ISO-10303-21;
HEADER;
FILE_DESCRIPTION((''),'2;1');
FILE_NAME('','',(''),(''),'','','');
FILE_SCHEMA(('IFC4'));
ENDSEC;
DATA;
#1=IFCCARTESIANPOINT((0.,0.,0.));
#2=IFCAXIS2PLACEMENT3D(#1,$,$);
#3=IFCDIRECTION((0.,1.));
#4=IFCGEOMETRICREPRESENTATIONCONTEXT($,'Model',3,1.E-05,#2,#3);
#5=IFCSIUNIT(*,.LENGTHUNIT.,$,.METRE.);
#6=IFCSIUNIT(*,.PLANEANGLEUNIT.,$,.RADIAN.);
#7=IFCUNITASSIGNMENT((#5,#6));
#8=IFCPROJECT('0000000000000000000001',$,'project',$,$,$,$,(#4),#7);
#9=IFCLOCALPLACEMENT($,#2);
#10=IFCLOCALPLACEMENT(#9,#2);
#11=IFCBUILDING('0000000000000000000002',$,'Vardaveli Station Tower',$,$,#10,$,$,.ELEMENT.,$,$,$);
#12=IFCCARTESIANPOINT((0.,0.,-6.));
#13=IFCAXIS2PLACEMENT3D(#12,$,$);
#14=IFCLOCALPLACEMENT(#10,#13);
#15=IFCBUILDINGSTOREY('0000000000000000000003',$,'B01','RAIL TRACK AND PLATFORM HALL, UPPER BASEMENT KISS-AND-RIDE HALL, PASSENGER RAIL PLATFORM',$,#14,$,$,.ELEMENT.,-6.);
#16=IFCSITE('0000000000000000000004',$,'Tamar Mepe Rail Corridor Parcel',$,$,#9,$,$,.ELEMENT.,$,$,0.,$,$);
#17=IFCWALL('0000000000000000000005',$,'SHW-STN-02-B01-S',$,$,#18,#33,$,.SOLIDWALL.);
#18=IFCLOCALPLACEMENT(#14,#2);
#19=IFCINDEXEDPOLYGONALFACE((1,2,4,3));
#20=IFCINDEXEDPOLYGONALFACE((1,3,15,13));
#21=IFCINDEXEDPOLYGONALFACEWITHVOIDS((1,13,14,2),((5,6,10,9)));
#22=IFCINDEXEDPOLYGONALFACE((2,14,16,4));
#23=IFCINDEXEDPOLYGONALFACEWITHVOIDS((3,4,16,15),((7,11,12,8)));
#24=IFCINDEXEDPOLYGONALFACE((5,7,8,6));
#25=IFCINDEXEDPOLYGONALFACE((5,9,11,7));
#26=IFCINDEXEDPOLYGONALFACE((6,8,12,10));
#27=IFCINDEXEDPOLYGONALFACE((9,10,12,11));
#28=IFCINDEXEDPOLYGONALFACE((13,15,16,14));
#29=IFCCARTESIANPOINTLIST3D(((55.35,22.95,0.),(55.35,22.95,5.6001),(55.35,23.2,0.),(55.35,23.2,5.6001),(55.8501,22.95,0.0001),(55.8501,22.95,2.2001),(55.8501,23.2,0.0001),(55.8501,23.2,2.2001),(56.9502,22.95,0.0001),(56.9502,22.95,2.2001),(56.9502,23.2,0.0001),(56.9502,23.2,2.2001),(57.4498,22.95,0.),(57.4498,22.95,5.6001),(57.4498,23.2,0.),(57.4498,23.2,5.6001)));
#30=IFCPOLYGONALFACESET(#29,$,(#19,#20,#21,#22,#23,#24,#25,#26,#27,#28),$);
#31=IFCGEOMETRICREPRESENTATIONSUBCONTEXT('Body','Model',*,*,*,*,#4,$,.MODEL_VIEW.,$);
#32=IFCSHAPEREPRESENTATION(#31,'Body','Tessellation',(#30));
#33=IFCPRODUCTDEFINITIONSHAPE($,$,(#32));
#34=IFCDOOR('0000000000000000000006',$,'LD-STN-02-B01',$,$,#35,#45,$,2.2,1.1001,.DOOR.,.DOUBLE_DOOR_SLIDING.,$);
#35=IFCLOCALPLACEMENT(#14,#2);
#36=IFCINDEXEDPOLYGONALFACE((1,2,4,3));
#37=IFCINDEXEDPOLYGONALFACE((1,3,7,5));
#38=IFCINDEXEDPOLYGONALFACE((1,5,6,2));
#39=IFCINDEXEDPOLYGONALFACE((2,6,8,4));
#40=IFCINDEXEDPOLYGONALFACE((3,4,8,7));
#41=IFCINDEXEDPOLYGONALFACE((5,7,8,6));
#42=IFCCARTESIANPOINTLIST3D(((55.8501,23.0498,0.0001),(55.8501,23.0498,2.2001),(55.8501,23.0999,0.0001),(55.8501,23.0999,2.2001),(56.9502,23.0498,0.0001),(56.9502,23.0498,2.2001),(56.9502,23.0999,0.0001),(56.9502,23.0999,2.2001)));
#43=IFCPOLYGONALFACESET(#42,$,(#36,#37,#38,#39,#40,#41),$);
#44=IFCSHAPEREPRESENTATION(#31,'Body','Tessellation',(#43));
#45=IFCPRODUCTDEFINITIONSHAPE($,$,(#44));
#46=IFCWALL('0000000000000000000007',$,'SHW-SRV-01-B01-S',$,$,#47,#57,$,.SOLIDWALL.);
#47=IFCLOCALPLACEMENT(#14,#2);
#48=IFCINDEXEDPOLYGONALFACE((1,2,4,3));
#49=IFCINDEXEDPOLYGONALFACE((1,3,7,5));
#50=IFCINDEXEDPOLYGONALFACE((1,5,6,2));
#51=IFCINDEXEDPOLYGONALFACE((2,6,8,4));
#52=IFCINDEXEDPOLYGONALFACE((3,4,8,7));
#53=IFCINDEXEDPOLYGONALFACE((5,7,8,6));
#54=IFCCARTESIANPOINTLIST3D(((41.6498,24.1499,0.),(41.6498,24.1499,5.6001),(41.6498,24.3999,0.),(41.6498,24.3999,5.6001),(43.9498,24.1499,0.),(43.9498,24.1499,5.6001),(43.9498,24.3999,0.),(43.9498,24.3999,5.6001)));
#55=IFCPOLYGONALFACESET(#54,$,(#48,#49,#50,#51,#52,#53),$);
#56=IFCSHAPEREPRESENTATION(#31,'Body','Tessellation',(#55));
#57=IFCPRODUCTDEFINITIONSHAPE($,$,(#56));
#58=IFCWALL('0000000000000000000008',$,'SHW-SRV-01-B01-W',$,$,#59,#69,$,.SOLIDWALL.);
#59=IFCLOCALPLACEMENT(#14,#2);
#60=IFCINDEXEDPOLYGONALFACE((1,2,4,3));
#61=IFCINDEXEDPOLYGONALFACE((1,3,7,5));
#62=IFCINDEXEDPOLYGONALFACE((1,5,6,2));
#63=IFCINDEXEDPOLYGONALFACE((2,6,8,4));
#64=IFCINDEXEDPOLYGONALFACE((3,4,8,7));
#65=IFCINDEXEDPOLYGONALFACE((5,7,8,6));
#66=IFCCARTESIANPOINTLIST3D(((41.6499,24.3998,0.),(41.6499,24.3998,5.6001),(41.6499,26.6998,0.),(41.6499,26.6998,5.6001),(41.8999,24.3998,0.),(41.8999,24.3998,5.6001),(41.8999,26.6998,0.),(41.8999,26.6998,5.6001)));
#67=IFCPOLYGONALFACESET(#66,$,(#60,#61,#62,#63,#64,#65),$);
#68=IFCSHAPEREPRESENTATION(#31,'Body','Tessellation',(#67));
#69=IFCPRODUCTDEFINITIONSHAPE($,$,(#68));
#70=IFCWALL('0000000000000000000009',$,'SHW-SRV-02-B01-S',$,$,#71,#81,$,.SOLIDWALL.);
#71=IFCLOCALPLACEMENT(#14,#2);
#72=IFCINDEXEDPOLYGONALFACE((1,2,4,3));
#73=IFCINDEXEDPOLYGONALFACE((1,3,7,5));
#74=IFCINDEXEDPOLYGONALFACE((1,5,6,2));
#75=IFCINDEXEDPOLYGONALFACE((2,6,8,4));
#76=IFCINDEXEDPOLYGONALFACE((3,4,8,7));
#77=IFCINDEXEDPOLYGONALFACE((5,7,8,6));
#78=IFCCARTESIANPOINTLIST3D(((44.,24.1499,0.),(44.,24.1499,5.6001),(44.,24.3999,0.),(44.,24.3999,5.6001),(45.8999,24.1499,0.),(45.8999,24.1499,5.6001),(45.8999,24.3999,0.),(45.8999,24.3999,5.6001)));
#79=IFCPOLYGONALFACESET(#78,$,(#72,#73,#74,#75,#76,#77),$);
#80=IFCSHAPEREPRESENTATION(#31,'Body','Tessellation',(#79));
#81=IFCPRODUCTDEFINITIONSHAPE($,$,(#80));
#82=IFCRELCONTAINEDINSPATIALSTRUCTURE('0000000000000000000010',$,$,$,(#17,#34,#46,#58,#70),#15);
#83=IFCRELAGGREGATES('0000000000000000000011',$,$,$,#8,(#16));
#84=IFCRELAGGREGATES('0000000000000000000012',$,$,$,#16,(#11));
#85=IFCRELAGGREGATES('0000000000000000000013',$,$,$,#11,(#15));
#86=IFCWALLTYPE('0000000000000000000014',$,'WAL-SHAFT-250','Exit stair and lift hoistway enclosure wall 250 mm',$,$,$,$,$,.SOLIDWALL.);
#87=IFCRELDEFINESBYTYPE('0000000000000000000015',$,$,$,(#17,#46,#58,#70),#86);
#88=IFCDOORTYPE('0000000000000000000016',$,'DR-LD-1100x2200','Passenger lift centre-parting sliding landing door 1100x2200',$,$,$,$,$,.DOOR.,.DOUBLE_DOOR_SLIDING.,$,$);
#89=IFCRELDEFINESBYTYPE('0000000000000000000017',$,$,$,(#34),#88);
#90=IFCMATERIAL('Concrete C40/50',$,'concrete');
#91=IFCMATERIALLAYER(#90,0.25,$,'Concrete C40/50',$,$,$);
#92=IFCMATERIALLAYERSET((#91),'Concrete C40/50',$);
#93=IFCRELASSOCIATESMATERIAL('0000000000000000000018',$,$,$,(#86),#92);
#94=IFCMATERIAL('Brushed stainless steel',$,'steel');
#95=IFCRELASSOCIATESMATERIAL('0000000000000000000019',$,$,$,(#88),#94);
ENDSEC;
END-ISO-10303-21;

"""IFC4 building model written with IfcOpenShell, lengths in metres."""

from ifc_helpers import new_model, si_unit, direction, frame, frame_2d, origin, place, context, subcontext, project, spatial, rectangle, extrude, source, transform, mapped, material, layer, layer_set, type_object, element, fill, save


model = new_model("IFC4")

# Units and contexts
model_context = context("Model", 3, precision=1e-05, world=origin(), true_north=direction((0.0, 1.0)))
body_context = subcontext(model_context, "Body", "Model", "MODEL_VIEW")
ifc_project = project(units=[si_unit("LENGTHUNIT", "METRE"), si_unit("PLANEANGLEUNIT", "RADIAN")], contexts=[model_context])

# Site, building, storey
site_placement = place(None, origin())
site = spatial("IfcSite", under=ifc_project, at=site_placement, Name="Tamar Mepe Rail Corridor Parcel", CompositionType="ELEMENT", RefElevation=0.0)
building_placement = place(site_placement, origin())
building = spatial("IfcBuilding", under=site, at=building_placement, Name="Vardaveli Station Tower", CompositionType="ELEMENT")
storey_placement = place(building_placement, frame((0.0, 0.0, -6.0)))
storey = spatial("IfcBuildingStorey", under=building, at=storey_placement, Name="B01", Description="RAIL TRACK AND PLATFORM HALL, UPPER BASEMENT KISS-AND-RIDE HALL, PASSENGER RAIL PLATFORM", CompositionType="ELEMENT", Elevation=-6.0)

# Shared definitions
ifc_material_1 = material(Name="Concrete C40/50", Category="concrete")
ifc_layer_1 = layer(ifc_material_1, 0.25, Name="Concrete C40/50")
ifc_layer_set_1 = layer_set([ifc_layer_1], Name="Concrete C40/50")
wall_type_1 = type_object("IfcWallType", Name="WAL-SHAFT-250", Description="Exit stair and lift hoistway enclosure wall 250 mm", PredefinedType="SOLIDWALL", material=ifc_layer_set_1)

# Wall, opening, door
shared_shape_1 = source(origin(), body_context, "Body", "SweptSolid", [
    extrude(rectangle(XDim=2.0999, YDim=0.25, at=frame_2d((1.0498, 0.0))), origin(), (0.0, 0.0, 1.0), 5.6001),
])
wall_1_placement = place(storey_placement, frame((55.3501, 23.075, 0.0), z_axis=(0.0, 0.0, 1.0), x_axis=(1.0, 0.0, 0.0)))
wall_1 = element("IfcWall", 1, at=wall_1_placement, inside=storey, type_object=wall_type_1, Name="SHW-STN-02-B01-S", PredefinedType="SOLIDWALL", context=body_context, shape_type="MappedRepresentation", body=[
    mapped(shared_shape_1, transform((0.0, 0.0, 0.0), scale=1.0)),
])
shared_shape_2 = source(origin(), body_context, "Body", "SweptSolid", [
    extrude(rectangle(XDim=1.1001, YDim=2.2, at=frame_2d((0.55, 1.1001))), frame((0.0, 0.135, 0.0), z_axis=(0.0, -1.0, 0.0), x_axis=(1.0, 0.0, 0.0)), (0.0, 0.0, 1.0), 0.27),
])
opening_placement = place(wall_1_placement, frame((0.5, 0.0, 0.0)))
opening = element("IfcOpeningElement", 2, at=opening_placement, cuts=wall_1, PredefinedType="OPENING", context=body_context, shape_type="MappedRepresentation", body=[
    mapped(shared_shape_2, transform((0.0, 0.0, 0.0), scale=1.0)),
])
ifc_material_2 = material(Name="Brushed stainless steel", Category="steel")
door_type = type_object("IfcDoorType", Name="DR-LD-1100x2200", Description="Passenger lift centre-parting sliding landing door 1100x2200", OperationType="DOUBLE_DOOR_SLIDING", PredefinedType="DOOR", material=ifc_material_2)
shared_shape_3 = source(origin(), body_context, "Body", "SweptSolid", [
    extrude(rectangle(XDim=1.1001, YDim=2.2, at=frame_2d((0.55, 1.1001))), frame((0.0, 0.0249, 0.0), z_axis=(0.0, -1.0, 0.0), x_axis=(1.0, 0.0, 0.0)), (0.0, 0.0, 1.0), 0.05),
])
door_placement = place(opening_placement, origin())
door = element("IfcDoor", 3, at=door_placement, inside=storey, type_object=door_type, Name="LD-STN-02-B01", OperationType="DOUBLE_DOOR_SLIDING", OverallHeight=2.2, OverallWidth=1.1001, PredefinedType="DOOR", context=body_context, shape_type="MappedRepresentation", body=[
    mapped(shared_shape_3, transform((0.0, 0.0, 0.0), scale=1.0)),
])
fill(opening, door)

# Walls
shared_shape_4 = source(origin(), body_context, "Body", "SweptSolid", [
    extrude(rectangle(XDim=2.3, YDim=0.25, at=frame_2d((1.1499, 0.0))), origin(), (0.0, 0.0, 1.0), 5.6001),
])
for number, where, z_axis, x_axis, name in (
    (4, (41.6499, 24.2749, 0.0), (0.0, 0.0, 1.0), (1.0, 0.0, 0.0), "SHW-SRV-01-B01-S"),
    (5, (41.7749, 24.3999, 0.0), (0.0, 0.0, 1.0), (0.0, 1.0, 0.0), "SHW-SRV-01-B01-W"),
):
    element("IfcWall", number, at=place(storey_placement, frame(where, z_axis=z_axis, x_axis=x_axis)), inside=storey, type_object=wall_type_1, Name=name, PredefinedType="SOLIDWALL", context=body_context, shape_type="MappedRepresentation", body=[
        mapped(shared_shape_4, transform((0.0, 0.0, 0.0), scale=1.0)),
    ])
shared_shape_5 = source(origin(), body_context, "Body", "SweptSolid", [
    extrude(rectangle(XDim=1.8999, YDim=0.25, at=frame_2d((0.95, 0.0))), origin(), (0.0, 0.0, 1.0), 5.6001),
])
wall_2_placement = place(storey_placement, frame((44.0, 24.2749, 0.0), z_axis=(0.0, 0.0, 1.0), x_axis=(1.0, 0.0, 0.0)))
element("IfcWall", 6, at=wall_2_placement, inside=storey, type_object=wall_type_1, Name="SHW-SRV-02-B01-S", PredefinedType="SOLIDWALL", context=body_context, shape_type="MappedRepresentation", body=[
    mapped(shared_shape_5, transform((0.0, 0.0, 0.0), scale=1.0)),
])

save(model, "model.ifc")
